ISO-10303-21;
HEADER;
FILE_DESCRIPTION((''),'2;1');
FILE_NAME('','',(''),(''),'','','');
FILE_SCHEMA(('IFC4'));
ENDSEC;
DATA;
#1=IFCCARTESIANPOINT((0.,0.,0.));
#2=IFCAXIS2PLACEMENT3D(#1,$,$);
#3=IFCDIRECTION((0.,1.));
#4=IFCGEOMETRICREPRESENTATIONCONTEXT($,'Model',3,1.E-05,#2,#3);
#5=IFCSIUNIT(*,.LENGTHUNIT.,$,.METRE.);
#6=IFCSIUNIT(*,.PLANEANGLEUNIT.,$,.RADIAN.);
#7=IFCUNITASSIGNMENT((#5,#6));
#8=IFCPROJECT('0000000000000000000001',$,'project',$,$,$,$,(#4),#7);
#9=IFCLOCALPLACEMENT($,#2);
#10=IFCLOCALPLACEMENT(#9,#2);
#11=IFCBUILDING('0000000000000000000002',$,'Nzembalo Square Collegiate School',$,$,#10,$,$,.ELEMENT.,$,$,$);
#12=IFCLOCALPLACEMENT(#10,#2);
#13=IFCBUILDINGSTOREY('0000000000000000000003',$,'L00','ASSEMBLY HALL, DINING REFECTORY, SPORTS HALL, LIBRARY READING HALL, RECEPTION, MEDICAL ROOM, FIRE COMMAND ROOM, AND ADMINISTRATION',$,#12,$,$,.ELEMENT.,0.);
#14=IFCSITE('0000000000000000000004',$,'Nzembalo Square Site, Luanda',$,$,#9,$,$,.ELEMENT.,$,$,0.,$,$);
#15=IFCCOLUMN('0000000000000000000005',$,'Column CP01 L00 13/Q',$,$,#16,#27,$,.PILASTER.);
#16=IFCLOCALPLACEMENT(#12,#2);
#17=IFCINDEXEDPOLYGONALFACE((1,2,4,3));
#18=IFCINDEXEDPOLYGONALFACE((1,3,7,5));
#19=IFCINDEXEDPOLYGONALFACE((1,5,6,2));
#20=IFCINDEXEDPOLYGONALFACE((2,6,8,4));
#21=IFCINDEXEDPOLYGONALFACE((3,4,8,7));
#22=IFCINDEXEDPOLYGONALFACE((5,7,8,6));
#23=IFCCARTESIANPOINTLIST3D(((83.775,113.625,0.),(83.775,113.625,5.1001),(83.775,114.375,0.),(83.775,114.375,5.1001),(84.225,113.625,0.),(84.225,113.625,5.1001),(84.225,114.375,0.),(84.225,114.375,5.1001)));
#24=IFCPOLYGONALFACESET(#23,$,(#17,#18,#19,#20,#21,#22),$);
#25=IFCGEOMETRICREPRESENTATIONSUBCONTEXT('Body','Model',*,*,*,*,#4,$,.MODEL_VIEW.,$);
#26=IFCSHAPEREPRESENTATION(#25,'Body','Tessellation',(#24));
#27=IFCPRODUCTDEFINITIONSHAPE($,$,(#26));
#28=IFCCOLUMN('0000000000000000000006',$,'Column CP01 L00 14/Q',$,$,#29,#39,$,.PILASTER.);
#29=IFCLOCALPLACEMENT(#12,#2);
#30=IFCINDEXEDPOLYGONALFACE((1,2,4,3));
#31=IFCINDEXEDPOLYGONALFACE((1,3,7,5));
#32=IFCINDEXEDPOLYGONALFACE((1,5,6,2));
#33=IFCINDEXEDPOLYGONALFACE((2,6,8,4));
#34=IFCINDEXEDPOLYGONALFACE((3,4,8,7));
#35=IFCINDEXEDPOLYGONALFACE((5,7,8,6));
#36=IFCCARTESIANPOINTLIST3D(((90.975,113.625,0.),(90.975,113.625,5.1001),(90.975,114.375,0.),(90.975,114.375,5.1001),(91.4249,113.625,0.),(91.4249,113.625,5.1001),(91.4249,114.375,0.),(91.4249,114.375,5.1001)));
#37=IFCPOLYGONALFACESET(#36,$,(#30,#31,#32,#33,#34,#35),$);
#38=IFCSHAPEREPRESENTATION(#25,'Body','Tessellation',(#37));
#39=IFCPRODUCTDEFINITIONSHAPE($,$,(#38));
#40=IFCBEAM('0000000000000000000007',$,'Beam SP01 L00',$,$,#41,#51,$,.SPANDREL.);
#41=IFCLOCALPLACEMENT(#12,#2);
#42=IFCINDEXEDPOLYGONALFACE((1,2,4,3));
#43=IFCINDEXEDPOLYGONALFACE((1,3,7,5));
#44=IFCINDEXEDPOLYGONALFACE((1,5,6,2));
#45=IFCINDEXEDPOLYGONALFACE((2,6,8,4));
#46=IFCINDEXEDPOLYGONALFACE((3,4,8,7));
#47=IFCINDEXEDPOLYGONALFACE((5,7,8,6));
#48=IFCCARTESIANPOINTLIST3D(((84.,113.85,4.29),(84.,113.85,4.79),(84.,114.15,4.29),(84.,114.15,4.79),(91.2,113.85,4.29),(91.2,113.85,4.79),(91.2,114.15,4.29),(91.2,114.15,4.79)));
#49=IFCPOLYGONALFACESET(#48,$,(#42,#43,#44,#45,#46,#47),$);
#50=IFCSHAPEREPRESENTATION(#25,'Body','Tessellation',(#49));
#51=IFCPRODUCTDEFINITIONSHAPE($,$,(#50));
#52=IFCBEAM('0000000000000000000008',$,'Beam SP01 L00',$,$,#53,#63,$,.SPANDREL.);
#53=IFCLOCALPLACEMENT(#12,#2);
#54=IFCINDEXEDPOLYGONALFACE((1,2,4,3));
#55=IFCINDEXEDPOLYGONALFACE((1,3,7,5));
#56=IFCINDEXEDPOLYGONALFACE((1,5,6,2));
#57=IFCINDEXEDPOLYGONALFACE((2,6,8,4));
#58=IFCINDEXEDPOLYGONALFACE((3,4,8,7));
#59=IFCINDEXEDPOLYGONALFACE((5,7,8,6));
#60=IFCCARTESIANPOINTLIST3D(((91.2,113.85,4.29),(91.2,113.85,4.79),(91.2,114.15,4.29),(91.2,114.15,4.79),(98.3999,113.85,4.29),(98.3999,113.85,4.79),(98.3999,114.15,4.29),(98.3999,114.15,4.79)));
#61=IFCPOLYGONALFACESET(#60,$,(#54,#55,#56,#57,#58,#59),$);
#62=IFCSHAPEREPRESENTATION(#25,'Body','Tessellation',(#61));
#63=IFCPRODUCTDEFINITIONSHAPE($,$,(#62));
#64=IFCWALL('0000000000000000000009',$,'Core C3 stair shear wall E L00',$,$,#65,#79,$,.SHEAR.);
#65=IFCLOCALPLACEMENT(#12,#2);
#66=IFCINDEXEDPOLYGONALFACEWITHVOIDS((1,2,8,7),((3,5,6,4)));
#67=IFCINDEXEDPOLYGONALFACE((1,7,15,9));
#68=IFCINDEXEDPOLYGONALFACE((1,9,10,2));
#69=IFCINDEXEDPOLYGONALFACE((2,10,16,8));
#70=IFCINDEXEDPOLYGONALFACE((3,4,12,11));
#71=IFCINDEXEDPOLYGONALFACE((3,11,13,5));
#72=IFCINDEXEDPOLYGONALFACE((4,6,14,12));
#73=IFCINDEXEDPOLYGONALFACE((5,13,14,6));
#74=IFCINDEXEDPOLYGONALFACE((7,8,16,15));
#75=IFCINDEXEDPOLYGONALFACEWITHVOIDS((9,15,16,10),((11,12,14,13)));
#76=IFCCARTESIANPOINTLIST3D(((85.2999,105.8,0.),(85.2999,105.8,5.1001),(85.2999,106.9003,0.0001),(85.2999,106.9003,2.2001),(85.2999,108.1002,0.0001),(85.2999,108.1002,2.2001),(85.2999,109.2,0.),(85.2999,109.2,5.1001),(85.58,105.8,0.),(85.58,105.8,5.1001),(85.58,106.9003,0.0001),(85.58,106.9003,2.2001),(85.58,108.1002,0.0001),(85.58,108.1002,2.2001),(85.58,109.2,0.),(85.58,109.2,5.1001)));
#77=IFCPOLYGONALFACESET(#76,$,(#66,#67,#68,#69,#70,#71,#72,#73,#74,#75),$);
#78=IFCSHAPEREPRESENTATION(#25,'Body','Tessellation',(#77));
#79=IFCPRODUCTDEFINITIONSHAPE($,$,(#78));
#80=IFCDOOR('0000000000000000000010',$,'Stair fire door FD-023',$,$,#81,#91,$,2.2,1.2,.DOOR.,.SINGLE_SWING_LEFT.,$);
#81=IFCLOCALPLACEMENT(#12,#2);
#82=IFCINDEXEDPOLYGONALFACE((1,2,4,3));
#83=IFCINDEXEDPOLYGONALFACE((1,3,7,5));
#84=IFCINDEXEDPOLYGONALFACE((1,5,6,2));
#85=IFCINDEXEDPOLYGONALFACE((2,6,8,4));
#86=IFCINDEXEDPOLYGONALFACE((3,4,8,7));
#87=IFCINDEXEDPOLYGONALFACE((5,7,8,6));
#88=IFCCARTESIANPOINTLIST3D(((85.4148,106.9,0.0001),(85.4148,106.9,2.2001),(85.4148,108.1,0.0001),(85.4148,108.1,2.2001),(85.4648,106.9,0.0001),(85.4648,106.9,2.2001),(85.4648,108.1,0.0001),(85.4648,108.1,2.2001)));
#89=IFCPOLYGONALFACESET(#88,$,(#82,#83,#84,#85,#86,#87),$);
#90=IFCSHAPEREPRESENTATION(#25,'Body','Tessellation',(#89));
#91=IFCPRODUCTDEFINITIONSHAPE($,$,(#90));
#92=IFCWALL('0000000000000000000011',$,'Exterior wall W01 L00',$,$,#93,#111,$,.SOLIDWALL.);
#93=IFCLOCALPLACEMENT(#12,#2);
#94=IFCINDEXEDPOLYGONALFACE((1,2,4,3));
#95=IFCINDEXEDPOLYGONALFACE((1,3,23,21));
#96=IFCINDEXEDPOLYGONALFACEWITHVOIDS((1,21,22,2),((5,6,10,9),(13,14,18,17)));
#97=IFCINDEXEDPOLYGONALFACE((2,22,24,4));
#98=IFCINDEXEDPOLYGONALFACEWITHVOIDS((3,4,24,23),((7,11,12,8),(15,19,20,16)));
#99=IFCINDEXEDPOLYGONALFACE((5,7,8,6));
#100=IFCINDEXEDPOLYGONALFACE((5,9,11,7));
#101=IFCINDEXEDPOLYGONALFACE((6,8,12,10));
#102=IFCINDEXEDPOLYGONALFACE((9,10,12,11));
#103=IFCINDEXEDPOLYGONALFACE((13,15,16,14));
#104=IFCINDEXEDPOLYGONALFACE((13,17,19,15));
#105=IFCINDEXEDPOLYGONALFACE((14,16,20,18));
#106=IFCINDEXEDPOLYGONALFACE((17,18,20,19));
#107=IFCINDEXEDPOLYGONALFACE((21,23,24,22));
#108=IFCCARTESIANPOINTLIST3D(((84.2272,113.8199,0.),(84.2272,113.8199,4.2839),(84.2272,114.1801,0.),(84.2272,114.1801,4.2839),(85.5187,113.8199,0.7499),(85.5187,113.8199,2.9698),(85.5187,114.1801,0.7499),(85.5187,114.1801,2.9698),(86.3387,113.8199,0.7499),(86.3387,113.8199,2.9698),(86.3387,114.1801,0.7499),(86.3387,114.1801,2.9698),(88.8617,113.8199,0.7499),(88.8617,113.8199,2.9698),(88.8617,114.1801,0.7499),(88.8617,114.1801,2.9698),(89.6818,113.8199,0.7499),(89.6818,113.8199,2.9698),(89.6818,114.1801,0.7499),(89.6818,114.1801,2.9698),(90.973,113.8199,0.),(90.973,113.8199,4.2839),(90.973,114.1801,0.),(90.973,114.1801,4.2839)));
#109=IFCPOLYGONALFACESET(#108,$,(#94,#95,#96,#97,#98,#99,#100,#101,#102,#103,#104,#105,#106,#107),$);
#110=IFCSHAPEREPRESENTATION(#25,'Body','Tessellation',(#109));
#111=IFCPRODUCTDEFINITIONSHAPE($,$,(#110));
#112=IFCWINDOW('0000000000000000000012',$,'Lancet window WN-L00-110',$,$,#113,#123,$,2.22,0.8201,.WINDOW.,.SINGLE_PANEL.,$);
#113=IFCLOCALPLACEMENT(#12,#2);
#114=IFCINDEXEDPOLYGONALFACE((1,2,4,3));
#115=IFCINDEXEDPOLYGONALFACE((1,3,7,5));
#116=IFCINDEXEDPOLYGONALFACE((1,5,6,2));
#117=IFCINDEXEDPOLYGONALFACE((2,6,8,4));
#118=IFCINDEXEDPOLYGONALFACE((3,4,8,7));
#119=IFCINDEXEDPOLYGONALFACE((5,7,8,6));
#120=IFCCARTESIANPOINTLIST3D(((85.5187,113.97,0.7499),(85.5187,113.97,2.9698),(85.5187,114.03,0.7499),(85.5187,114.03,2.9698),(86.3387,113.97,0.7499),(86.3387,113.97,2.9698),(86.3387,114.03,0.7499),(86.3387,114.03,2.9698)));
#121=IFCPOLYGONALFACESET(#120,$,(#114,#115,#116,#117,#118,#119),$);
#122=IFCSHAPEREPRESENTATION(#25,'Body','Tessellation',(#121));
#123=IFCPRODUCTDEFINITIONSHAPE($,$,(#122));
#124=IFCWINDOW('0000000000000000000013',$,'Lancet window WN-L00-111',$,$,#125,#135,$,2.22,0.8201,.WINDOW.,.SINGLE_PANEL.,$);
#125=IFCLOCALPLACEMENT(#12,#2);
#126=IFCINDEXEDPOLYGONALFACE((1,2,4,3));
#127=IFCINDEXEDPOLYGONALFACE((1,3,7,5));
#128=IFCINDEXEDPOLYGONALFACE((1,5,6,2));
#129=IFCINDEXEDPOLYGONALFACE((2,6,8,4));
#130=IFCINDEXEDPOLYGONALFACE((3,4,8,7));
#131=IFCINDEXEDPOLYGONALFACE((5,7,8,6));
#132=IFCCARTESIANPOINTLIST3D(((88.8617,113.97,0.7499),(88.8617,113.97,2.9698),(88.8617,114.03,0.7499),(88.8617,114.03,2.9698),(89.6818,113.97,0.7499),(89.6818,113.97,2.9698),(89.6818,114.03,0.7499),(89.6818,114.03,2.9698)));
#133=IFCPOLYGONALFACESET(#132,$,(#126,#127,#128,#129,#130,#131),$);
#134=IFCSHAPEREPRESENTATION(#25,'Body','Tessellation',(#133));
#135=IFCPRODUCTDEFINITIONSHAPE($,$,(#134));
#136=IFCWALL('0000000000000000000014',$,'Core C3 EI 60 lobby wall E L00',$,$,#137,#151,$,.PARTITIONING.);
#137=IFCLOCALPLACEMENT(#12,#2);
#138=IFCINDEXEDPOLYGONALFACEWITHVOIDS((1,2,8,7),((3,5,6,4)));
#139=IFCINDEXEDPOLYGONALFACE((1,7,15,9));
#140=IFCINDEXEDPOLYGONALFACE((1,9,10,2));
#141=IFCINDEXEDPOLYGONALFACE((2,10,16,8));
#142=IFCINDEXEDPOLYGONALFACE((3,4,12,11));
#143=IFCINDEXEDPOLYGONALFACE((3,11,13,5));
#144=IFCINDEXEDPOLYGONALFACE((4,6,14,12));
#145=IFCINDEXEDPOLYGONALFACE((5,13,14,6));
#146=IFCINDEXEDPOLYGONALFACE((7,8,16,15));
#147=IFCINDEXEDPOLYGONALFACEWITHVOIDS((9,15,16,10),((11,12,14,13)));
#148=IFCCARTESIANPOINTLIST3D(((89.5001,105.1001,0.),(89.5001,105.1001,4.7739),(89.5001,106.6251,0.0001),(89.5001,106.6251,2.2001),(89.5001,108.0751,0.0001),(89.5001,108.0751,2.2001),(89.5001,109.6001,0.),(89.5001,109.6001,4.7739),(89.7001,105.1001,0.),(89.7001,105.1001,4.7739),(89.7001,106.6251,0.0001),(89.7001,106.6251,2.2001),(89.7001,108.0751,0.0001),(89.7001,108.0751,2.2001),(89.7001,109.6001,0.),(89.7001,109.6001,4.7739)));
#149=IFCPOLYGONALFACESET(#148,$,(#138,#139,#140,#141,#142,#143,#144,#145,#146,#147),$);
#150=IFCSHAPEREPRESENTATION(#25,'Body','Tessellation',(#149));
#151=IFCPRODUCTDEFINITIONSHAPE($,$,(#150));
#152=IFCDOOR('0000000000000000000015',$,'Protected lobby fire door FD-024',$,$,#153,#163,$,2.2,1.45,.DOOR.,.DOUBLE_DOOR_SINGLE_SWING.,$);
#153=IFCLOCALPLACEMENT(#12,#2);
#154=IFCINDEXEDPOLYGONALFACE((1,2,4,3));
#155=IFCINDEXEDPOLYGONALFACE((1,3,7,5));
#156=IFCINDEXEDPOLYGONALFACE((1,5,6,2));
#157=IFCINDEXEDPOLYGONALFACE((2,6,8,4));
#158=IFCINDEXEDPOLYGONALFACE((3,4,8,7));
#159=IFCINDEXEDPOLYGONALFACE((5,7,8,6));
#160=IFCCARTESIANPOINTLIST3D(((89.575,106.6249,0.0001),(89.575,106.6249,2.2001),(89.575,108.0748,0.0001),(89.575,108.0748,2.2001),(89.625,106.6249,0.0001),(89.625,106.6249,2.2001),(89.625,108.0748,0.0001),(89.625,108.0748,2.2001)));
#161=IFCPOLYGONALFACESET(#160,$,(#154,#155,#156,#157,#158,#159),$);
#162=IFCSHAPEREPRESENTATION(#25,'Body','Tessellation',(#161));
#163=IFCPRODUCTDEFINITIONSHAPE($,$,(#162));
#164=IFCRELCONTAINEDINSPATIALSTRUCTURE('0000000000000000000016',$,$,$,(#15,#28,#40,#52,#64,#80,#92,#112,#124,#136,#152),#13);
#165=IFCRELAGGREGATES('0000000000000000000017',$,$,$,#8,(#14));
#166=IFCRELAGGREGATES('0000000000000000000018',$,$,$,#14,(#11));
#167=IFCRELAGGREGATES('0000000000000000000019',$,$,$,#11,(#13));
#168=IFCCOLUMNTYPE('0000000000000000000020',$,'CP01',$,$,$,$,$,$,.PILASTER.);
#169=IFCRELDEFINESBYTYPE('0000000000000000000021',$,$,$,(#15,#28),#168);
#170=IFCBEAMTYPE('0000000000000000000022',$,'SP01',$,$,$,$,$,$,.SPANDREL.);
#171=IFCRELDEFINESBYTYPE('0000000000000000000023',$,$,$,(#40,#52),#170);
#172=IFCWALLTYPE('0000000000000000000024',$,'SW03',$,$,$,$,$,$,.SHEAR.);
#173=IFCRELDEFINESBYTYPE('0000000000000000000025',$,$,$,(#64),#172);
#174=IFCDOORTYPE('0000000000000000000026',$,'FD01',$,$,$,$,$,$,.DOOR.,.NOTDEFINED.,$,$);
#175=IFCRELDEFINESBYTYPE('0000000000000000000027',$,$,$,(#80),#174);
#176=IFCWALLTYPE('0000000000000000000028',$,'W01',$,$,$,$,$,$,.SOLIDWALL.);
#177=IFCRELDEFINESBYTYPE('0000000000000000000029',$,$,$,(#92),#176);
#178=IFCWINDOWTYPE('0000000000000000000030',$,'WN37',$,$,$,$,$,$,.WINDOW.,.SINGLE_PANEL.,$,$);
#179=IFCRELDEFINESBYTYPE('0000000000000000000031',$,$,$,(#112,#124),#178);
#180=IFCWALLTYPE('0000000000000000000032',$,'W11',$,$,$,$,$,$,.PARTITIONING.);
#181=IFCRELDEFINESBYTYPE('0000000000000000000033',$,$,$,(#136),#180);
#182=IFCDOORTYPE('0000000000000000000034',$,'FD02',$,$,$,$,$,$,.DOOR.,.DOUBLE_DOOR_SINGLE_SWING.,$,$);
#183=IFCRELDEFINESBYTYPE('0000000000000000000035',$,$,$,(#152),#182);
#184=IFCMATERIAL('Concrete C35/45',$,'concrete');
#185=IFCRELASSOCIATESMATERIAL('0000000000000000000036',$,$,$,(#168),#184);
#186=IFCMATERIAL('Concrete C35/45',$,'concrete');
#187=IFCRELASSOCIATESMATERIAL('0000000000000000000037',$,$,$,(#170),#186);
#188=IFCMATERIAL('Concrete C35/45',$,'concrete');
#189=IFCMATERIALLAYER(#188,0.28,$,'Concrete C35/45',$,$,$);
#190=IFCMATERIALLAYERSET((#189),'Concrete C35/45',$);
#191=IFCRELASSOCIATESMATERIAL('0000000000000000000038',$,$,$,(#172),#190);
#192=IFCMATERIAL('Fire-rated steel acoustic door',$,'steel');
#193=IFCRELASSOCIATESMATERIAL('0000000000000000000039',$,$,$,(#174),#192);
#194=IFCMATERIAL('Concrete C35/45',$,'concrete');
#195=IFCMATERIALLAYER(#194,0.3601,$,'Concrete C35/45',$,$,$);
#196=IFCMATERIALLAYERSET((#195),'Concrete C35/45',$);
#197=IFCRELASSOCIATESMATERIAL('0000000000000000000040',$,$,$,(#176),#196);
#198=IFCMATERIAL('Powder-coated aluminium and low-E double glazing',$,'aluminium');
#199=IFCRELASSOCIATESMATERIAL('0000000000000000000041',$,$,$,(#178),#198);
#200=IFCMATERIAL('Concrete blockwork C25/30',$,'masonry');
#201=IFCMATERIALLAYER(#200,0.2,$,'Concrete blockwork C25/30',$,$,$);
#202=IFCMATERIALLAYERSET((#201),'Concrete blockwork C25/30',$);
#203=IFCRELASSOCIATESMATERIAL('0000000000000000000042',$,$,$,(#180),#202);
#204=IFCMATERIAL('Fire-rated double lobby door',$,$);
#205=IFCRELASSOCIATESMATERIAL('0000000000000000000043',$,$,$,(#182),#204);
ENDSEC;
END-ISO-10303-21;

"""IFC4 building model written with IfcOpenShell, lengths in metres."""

from ifc_helpers import new_model, si_unit, direction, frame, frame_2d, origin, origin_2d, place, context, subcontext, project, spatial, rectangle, extrude, material, layer, layer_set, material_profile, profile_set, type_object, element, fill, save


model = new_model("IFC4")

# Units and contexts
model_context = context("Model", 3, precision=1e-05, world=origin(), true_north=direction((0.0, 1.0)))
body_context = subcontext(model_context, "Body", "Model", "MODEL_VIEW")
ifc_project = project(units=[si_unit("LENGTHUNIT", "METRE"), si_unit("PLANEANGLEUNIT", "RADIAN")], contexts=[model_context])

# Site, building, storey
site_placement = place(None, origin())
site = spatial("IfcSite", under=ifc_project, at=site_placement, Name="Nzembalo Square Site, Luanda", CompositionType="ELEMENT", RefElevation=0.0)
building_placement = place(site_placement, origin())
building = spatial("IfcBuilding", under=site, at=building_placement, Name="Nzembalo Square Collegiate School", CompositionType="ELEMENT")
storey_placement = place(building_placement, origin())
storey = spatial("IfcBuildingStorey", under=building, at=storey_placement, Name="L00", Description="ASSEMBLY HALL, DINING REFECTORY, SPORTS HALL, LIBRARY READING HALL, RECEPTION, MEDICAL ROOM, FIRE COMMAND ROOM, AND ADMINISTRATION", CompositionType="ELEMENT", Elevation=0.0)

# Columns
ifc_material_1 = material(Name="Concrete C35/45", Category="concrete")
ifc_material_profile_1 = material_profile(ifc_material_1, rectangle(XDim=0.45, YDim=0.75, at=origin_2d()), Name="RC 450x750")
ifc_profile_set_1 = profile_set([ifc_material_profile_1], Name="Concrete C35/45")
column_type = type_object("IfcColumnType", Name="CP01", PredefinedType="PILASTER", material=ifc_profile_set_1)
for number, where, z_axis, x_axis, name in (
    (1, (84.0, 114.0, 0.0), (0.0, 0.0, 1.0), (1.0, 0.0, 0.0), "Column CP01 L00 13/Q"),
    (2, (91.2, 114.0, 0.0), (0.0, 0.0, 1.0), (1.0, 0.0, 0.0), "Column CP01 L00 14/Q"),
):
    element("IfcColumn", number, at=place(storey_placement, frame(where, z_axis=z_axis, x_axis=x_axis)), inside=storey, type_object=column_type, Name=name, PredefinedType="PILASTER", context=body_context, shape_type="SweptSolid", body=[
        extrude(rectangle(XDim=0.45, YDim=0.75, at=origin_2d()), origin(), (0.0, 0.0, 1.0), 5.1001),
    ])

# Beams
ifc_material_2 = material(Name="Concrete C35/45", Category="concrete")
ifc_material_profile_2 = material_profile(ifc_material_2, rectangle(XDim=0.3, YDim=0.5, at=origin_2d()), Name="RC 300x500")
ifc_profile_set_2 = profile_set([ifc_material_profile_2], Name="Concrete C35/45")
beam_type = type_object("IfcBeamType", Name="SP01", PredefinedType="SPANDREL", material=ifc_profile_set_2)
for number, where, z_axis, x_axis, name in (
    (3, (84.0, 114.0, 4.54), (1.0, 0.0, 0.0), (0.0, 1.0, 0.0), "Beam SP01 L00"),
    (4, (91.2, 114.0, 4.54), (1.0, 0.0, 0.0), (0.0, 1.0, 0.0), "Beam SP01 L00"),
):
    element("IfcBeam", number, at=place(storey_placement, frame(where, z_axis=z_axis, x_axis=x_axis)), inside=storey, type_object=beam_type, Name=name, PredefinedType="SPANDREL", context=body_context, shape_type="SweptSolid", body=[
        extrude(rectangle(XDim=0.3, YDim=0.5, at=origin_2d()), origin(), (0.0, 0.0, 1.0), 7.2),
    ])

# Wall, opening, door
ifc_material_3 = material(Name="Concrete C35/45", Category="concrete")
ifc_layer_1 = layer(ifc_material_3, 0.28, Name="Concrete C35/45")
ifc_layer_set_1 = layer_set([ifc_layer_1], Name="Concrete C35/45")
wall_type_1 = type_object("IfcWallType", Name="SW03", PredefinedType="SHEAR", material=ifc_layer_set_1)
wall_1_placement = place(storey_placement, frame((85.4399, 105.8, 0.0), z_axis=(0.0, 0.0, 1.0), x_axis=(0.0, 1.0, 0.0)))
wall_1 = element("IfcWall", 5, at=wall_1_placement, inside=storey, type_object=wall_type_1, Name="Core C3 stair shear wall E L00", PredefinedType="SHEAR", context=body_context, shape_type="SweptSolid", body=[
    extrude(rectangle(XDim=3.3999, YDim=0.28, at=frame_2d((1.7, 0.0))), origin(), (0.0, 0.0, 1.0), 5.1001),
])
opening_1_placement = place(wall_1_placement, frame((1.1001, 0.0, 0.0)))
opening_1 = element("IfcOpeningElement", 6, at=opening_1_placement, cuts=wall_1, PredefinedType="OPENING", context=body_context, shape_type="SweptSolid", body=[
    extrude(rectangle(XDim=1.2, YDim=2.2, at=frame_2d((0.6001, 1.1001))), frame((0.0, 0.1499, 0.0), z_axis=(0.0, -1.0, 0.0), x_axis=(1.0, 0.0, 0.0)), (0.0, 0.0, 1.0), 0.3),
])
ifc_material_4 = material(Name="Fire-rated steel acoustic door", Category="steel")
door_type_1 = type_object("IfcDoorType", Name="FD01", OperationType="NOTDEFINED", PredefinedType="DOOR", material=ifc_material_4)
door_1_placement = place(opening_1_placement, frame((1.2, 0.0, 0.0), z_axis=(0.0, 0.0, 1.0), x_axis=(-1.0, 0.0, 0.0)))
door_1 = element("IfcDoor", 7, at=door_1_placement, inside=storey, type_object=door_type_1, Name="Stair fire door FD-023", OperationType="SINGLE_SWING_LEFT", OverallHeight=2.2, OverallWidth=1.2, PredefinedType="DOOR", context=body_context, shape_type="SweptSolid", body=[
    extrude(rectangle(XDim=1.2, YDim=2.2, at=frame_2d((0.6001, 1.1001))), frame((0.0, 0.0249, 0.0), z_axis=(0.0, -1.0, 0.0), x_axis=(1.0, 0.0, 0.0)), (0.0, 0.0, 1.0), 0.05),
])
fill(opening_1, door_1)

# Wall, openings, windows
ifc_material_5 = material(Name="Concrete C35/45", Category="concrete")
ifc_layer_2 = layer(ifc_material_5, 0.3601, Name="Concrete C35/45")
ifc_layer_set_2 = layer_set([ifc_layer_2], Name="Concrete C35/45")
wall_type_2 = type_object("IfcWallType", Name="W01", PredefinedType="SOLIDWALL", material=ifc_layer_set_2)
wall_2_placement = place(storey_placement, frame((84.2271, 114.0, 0.0), z_axis=(0.0, 0.0, 1.0), x_axis=(1.0, 0.0, 0.0)))
wall_2 = element("IfcWall", 8, at=wall_2_placement, inside=storey, type_object=wall_type_2, Name="Exterior wall W01 L00", PredefinedType="SOLIDWALL", context=body_context, shape_type="SweptSolid", body=[
    extrude(rectangle(XDim=6.7458, YDim=0.3601, at=frame_2d((3.373, 0.0))), origin(), (0.0, 0.0, 1.0), 4.2839),
])
opening_2_placement = place(wall_2_placement, frame((1.2915, 0.0, 0.75)))
opening_2 = element("IfcOpeningElement", 9, at=opening_2_placement, cuts=wall_2, PredefinedType="OPENING", context=body_context, shape_type="SweptSolid", body=[
    extrude(rectangle(XDim=0.8201, YDim=2.22, at=frame_2d((0.4102, 1.1099))), frame((0.0, 0.1899, 0.0), z_axis=(0.0, -1.0, 0.0), x_axis=(1.0, 0.0, 0.0)), (0.0, 0.0, 1.0), 0.3801),
])
opening_3_placement = place(wall_2_placement, frame((4.6345, 0.0, 0.75)))
opening_3 = element("IfcOpeningElement", 10, at=opening_3_placement, cuts=wall_2, PredefinedType="OPENING", context=body_context, shape_type="SweptSolid", body=[
    extrude(rectangle(XDim=0.8201, YDim=2.22, at=frame_2d((0.4102, 1.1099))), frame((0.0, 0.1899, 0.0), z_axis=(0.0, -1.0, 0.0), x_axis=(1.0, 0.0, 0.0)), (0.0, 0.0, 1.0), 0.3801),
])
ifc_material_6 = material(Name="Powder-coated aluminium and low-E double glazing", Category="aluminium")
window_type = type_object("IfcWindowType", Name="WN37", PartitioningType="SINGLE_PANEL", PredefinedType="WINDOW", material=ifc_material_6)
window_1_placement = place(opening_2_placement, origin())
window_1 = element("IfcWindow", 11, at=window_1_placement, inside=storey, type_object=window_type, Name="Lancet window WN-L00-110", OverallHeight=2.22, OverallWidth=0.8201, PartitioningType="SINGLE_PANEL", PredefinedType="WINDOW", context=body_context, shape_type="SweptSolid", body=[
    extrude(rectangle(XDim=0.8201, YDim=2.22, at=frame_2d((0.4102, 1.1099))), frame((0.0, 0.03, 0.0), z_axis=(0.0, -1.0, 0.0), x_axis=(1.0, 0.0, 0.0)), (0.0, 0.0, 1.0), 0.0601),
])
fill(opening_2, window_1)
window_2_placement = place(opening_3_placement, origin())
window_2 = element("IfcWindow", 12, at=window_2_placement, inside=storey, type_object=window_type, Name="Lancet window WN-L00-111", OverallHeight=2.22, OverallWidth=0.8201, PartitioningType="SINGLE_PANEL", PredefinedType="WINDOW", context=body_context, shape_type="SweptSolid", body=[
    extrude(rectangle(XDim=0.8201, YDim=2.22, at=frame_2d((0.4102, 1.1099))), frame((0.0, 0.03, 0.0), z_axis=(0.0, -1.0, 0.0), x_axis=(1.0, 0.0, 0.0)), (0.0, 0.0, 1.0), 0.0601),
])
fill(opening_3, window_2)

# Wall, opening, door
ifc_material_7 = material(Name="Concrete blockwork C25/30", Category="masonry")
ifc_layer_3 = layer(ifc_material_7, 0.2, Name="Concrete blockwork C25/30")
ifc_layer_set_3 = layer_set([ifc_layer_3], Name="Concrete blockwork C25/30")
wall_type_3 = type_object("IfcWallType", Name="W11", PredefinedType="PARTITIONING", material=ifc_layer_set_3)
wall_3_placement = place(storey_placement, frame((89.6001, 105.1001, 0.0), z_axis=(0.0, 0.0, 1.0), x_axis=(0.0, 1.0, 0.0)))
wall_3 = element("IfcWall", 13, at=wall_3_placement, inside=storey, type_object=wall_type_3, Name="Core C3 EI 60 lobby wall E L00", PredefinedType="PARTITIONING", context=body_context, shape_type="SweptSolid", body=[
    extrude(rectangle(XDim=4.5, YDim=0.2, at=frame_2d((2.25, 0.0))), origin(), (0.0, 0.0, 1.0), 4.7739),
])
opening_4_placement = place(wall_3_placement, frame((1.5249, 0.0, 0.0)))
opening_4 = element("IfcOpeningElement", 14, at=opening_4_placement, cuts=wall_3, PredefinedType="OPENING", context=body_context, shape_type="SweptSolid", body=[
    extrude(rectangle(XDim=1.45, YDim=2.2, at=frame_2d((0.7251, 1.1001))), frame((0.0, 0.1099, 0.0), z_axis=(0.0, -1.0, 0.0), x_axis=(1.0, 0.0, 0.0)), (0.0, 0.0, 1.0), 0.22),
])
ifc_material_8 = material(Name="Fire-rated double lobby door")
door_type_2 = type_object("IfcDoorType", Name="FD02", OperationType="DOUBLE_DOOR_SINGLE_SWING", PredefinedType="DOOR", material=ifc_material_8)
door_2_placement = place(opening_4_placement, frame((1.45, 0.0, 0.0), z_axis=(0.0, 0.0, 1.0), x_axis=(-1.0, 0.0, 0.0)))
door_2 = element("IfcDoor", 15, at=door_2_placement, inside=storey, type_object=door_type_2, Name="Protected lobby fire door FD-024", OperationType="DOUBLE_DOOR_SINGLE_SWING", OverallHeight=2.2, OverallWidth=1.45, PredefinedType="DOOR", context=body_context, shape_type="SweptSolid", body=[
    extrude(rectangle(XDim=1.45, YDim=2.2, at=frame_2d((0.7251, 1.1001))), frame((0.0, 0.0249, 0.0), z_axis=(0.0, -1.0, 0.0), x_axis=(1.0, 0.0, 0.0)), (0.0, 0.0, 1.0), 0.05),
])
fill(opening_4, door_2)

save(model, "model.ifc")
